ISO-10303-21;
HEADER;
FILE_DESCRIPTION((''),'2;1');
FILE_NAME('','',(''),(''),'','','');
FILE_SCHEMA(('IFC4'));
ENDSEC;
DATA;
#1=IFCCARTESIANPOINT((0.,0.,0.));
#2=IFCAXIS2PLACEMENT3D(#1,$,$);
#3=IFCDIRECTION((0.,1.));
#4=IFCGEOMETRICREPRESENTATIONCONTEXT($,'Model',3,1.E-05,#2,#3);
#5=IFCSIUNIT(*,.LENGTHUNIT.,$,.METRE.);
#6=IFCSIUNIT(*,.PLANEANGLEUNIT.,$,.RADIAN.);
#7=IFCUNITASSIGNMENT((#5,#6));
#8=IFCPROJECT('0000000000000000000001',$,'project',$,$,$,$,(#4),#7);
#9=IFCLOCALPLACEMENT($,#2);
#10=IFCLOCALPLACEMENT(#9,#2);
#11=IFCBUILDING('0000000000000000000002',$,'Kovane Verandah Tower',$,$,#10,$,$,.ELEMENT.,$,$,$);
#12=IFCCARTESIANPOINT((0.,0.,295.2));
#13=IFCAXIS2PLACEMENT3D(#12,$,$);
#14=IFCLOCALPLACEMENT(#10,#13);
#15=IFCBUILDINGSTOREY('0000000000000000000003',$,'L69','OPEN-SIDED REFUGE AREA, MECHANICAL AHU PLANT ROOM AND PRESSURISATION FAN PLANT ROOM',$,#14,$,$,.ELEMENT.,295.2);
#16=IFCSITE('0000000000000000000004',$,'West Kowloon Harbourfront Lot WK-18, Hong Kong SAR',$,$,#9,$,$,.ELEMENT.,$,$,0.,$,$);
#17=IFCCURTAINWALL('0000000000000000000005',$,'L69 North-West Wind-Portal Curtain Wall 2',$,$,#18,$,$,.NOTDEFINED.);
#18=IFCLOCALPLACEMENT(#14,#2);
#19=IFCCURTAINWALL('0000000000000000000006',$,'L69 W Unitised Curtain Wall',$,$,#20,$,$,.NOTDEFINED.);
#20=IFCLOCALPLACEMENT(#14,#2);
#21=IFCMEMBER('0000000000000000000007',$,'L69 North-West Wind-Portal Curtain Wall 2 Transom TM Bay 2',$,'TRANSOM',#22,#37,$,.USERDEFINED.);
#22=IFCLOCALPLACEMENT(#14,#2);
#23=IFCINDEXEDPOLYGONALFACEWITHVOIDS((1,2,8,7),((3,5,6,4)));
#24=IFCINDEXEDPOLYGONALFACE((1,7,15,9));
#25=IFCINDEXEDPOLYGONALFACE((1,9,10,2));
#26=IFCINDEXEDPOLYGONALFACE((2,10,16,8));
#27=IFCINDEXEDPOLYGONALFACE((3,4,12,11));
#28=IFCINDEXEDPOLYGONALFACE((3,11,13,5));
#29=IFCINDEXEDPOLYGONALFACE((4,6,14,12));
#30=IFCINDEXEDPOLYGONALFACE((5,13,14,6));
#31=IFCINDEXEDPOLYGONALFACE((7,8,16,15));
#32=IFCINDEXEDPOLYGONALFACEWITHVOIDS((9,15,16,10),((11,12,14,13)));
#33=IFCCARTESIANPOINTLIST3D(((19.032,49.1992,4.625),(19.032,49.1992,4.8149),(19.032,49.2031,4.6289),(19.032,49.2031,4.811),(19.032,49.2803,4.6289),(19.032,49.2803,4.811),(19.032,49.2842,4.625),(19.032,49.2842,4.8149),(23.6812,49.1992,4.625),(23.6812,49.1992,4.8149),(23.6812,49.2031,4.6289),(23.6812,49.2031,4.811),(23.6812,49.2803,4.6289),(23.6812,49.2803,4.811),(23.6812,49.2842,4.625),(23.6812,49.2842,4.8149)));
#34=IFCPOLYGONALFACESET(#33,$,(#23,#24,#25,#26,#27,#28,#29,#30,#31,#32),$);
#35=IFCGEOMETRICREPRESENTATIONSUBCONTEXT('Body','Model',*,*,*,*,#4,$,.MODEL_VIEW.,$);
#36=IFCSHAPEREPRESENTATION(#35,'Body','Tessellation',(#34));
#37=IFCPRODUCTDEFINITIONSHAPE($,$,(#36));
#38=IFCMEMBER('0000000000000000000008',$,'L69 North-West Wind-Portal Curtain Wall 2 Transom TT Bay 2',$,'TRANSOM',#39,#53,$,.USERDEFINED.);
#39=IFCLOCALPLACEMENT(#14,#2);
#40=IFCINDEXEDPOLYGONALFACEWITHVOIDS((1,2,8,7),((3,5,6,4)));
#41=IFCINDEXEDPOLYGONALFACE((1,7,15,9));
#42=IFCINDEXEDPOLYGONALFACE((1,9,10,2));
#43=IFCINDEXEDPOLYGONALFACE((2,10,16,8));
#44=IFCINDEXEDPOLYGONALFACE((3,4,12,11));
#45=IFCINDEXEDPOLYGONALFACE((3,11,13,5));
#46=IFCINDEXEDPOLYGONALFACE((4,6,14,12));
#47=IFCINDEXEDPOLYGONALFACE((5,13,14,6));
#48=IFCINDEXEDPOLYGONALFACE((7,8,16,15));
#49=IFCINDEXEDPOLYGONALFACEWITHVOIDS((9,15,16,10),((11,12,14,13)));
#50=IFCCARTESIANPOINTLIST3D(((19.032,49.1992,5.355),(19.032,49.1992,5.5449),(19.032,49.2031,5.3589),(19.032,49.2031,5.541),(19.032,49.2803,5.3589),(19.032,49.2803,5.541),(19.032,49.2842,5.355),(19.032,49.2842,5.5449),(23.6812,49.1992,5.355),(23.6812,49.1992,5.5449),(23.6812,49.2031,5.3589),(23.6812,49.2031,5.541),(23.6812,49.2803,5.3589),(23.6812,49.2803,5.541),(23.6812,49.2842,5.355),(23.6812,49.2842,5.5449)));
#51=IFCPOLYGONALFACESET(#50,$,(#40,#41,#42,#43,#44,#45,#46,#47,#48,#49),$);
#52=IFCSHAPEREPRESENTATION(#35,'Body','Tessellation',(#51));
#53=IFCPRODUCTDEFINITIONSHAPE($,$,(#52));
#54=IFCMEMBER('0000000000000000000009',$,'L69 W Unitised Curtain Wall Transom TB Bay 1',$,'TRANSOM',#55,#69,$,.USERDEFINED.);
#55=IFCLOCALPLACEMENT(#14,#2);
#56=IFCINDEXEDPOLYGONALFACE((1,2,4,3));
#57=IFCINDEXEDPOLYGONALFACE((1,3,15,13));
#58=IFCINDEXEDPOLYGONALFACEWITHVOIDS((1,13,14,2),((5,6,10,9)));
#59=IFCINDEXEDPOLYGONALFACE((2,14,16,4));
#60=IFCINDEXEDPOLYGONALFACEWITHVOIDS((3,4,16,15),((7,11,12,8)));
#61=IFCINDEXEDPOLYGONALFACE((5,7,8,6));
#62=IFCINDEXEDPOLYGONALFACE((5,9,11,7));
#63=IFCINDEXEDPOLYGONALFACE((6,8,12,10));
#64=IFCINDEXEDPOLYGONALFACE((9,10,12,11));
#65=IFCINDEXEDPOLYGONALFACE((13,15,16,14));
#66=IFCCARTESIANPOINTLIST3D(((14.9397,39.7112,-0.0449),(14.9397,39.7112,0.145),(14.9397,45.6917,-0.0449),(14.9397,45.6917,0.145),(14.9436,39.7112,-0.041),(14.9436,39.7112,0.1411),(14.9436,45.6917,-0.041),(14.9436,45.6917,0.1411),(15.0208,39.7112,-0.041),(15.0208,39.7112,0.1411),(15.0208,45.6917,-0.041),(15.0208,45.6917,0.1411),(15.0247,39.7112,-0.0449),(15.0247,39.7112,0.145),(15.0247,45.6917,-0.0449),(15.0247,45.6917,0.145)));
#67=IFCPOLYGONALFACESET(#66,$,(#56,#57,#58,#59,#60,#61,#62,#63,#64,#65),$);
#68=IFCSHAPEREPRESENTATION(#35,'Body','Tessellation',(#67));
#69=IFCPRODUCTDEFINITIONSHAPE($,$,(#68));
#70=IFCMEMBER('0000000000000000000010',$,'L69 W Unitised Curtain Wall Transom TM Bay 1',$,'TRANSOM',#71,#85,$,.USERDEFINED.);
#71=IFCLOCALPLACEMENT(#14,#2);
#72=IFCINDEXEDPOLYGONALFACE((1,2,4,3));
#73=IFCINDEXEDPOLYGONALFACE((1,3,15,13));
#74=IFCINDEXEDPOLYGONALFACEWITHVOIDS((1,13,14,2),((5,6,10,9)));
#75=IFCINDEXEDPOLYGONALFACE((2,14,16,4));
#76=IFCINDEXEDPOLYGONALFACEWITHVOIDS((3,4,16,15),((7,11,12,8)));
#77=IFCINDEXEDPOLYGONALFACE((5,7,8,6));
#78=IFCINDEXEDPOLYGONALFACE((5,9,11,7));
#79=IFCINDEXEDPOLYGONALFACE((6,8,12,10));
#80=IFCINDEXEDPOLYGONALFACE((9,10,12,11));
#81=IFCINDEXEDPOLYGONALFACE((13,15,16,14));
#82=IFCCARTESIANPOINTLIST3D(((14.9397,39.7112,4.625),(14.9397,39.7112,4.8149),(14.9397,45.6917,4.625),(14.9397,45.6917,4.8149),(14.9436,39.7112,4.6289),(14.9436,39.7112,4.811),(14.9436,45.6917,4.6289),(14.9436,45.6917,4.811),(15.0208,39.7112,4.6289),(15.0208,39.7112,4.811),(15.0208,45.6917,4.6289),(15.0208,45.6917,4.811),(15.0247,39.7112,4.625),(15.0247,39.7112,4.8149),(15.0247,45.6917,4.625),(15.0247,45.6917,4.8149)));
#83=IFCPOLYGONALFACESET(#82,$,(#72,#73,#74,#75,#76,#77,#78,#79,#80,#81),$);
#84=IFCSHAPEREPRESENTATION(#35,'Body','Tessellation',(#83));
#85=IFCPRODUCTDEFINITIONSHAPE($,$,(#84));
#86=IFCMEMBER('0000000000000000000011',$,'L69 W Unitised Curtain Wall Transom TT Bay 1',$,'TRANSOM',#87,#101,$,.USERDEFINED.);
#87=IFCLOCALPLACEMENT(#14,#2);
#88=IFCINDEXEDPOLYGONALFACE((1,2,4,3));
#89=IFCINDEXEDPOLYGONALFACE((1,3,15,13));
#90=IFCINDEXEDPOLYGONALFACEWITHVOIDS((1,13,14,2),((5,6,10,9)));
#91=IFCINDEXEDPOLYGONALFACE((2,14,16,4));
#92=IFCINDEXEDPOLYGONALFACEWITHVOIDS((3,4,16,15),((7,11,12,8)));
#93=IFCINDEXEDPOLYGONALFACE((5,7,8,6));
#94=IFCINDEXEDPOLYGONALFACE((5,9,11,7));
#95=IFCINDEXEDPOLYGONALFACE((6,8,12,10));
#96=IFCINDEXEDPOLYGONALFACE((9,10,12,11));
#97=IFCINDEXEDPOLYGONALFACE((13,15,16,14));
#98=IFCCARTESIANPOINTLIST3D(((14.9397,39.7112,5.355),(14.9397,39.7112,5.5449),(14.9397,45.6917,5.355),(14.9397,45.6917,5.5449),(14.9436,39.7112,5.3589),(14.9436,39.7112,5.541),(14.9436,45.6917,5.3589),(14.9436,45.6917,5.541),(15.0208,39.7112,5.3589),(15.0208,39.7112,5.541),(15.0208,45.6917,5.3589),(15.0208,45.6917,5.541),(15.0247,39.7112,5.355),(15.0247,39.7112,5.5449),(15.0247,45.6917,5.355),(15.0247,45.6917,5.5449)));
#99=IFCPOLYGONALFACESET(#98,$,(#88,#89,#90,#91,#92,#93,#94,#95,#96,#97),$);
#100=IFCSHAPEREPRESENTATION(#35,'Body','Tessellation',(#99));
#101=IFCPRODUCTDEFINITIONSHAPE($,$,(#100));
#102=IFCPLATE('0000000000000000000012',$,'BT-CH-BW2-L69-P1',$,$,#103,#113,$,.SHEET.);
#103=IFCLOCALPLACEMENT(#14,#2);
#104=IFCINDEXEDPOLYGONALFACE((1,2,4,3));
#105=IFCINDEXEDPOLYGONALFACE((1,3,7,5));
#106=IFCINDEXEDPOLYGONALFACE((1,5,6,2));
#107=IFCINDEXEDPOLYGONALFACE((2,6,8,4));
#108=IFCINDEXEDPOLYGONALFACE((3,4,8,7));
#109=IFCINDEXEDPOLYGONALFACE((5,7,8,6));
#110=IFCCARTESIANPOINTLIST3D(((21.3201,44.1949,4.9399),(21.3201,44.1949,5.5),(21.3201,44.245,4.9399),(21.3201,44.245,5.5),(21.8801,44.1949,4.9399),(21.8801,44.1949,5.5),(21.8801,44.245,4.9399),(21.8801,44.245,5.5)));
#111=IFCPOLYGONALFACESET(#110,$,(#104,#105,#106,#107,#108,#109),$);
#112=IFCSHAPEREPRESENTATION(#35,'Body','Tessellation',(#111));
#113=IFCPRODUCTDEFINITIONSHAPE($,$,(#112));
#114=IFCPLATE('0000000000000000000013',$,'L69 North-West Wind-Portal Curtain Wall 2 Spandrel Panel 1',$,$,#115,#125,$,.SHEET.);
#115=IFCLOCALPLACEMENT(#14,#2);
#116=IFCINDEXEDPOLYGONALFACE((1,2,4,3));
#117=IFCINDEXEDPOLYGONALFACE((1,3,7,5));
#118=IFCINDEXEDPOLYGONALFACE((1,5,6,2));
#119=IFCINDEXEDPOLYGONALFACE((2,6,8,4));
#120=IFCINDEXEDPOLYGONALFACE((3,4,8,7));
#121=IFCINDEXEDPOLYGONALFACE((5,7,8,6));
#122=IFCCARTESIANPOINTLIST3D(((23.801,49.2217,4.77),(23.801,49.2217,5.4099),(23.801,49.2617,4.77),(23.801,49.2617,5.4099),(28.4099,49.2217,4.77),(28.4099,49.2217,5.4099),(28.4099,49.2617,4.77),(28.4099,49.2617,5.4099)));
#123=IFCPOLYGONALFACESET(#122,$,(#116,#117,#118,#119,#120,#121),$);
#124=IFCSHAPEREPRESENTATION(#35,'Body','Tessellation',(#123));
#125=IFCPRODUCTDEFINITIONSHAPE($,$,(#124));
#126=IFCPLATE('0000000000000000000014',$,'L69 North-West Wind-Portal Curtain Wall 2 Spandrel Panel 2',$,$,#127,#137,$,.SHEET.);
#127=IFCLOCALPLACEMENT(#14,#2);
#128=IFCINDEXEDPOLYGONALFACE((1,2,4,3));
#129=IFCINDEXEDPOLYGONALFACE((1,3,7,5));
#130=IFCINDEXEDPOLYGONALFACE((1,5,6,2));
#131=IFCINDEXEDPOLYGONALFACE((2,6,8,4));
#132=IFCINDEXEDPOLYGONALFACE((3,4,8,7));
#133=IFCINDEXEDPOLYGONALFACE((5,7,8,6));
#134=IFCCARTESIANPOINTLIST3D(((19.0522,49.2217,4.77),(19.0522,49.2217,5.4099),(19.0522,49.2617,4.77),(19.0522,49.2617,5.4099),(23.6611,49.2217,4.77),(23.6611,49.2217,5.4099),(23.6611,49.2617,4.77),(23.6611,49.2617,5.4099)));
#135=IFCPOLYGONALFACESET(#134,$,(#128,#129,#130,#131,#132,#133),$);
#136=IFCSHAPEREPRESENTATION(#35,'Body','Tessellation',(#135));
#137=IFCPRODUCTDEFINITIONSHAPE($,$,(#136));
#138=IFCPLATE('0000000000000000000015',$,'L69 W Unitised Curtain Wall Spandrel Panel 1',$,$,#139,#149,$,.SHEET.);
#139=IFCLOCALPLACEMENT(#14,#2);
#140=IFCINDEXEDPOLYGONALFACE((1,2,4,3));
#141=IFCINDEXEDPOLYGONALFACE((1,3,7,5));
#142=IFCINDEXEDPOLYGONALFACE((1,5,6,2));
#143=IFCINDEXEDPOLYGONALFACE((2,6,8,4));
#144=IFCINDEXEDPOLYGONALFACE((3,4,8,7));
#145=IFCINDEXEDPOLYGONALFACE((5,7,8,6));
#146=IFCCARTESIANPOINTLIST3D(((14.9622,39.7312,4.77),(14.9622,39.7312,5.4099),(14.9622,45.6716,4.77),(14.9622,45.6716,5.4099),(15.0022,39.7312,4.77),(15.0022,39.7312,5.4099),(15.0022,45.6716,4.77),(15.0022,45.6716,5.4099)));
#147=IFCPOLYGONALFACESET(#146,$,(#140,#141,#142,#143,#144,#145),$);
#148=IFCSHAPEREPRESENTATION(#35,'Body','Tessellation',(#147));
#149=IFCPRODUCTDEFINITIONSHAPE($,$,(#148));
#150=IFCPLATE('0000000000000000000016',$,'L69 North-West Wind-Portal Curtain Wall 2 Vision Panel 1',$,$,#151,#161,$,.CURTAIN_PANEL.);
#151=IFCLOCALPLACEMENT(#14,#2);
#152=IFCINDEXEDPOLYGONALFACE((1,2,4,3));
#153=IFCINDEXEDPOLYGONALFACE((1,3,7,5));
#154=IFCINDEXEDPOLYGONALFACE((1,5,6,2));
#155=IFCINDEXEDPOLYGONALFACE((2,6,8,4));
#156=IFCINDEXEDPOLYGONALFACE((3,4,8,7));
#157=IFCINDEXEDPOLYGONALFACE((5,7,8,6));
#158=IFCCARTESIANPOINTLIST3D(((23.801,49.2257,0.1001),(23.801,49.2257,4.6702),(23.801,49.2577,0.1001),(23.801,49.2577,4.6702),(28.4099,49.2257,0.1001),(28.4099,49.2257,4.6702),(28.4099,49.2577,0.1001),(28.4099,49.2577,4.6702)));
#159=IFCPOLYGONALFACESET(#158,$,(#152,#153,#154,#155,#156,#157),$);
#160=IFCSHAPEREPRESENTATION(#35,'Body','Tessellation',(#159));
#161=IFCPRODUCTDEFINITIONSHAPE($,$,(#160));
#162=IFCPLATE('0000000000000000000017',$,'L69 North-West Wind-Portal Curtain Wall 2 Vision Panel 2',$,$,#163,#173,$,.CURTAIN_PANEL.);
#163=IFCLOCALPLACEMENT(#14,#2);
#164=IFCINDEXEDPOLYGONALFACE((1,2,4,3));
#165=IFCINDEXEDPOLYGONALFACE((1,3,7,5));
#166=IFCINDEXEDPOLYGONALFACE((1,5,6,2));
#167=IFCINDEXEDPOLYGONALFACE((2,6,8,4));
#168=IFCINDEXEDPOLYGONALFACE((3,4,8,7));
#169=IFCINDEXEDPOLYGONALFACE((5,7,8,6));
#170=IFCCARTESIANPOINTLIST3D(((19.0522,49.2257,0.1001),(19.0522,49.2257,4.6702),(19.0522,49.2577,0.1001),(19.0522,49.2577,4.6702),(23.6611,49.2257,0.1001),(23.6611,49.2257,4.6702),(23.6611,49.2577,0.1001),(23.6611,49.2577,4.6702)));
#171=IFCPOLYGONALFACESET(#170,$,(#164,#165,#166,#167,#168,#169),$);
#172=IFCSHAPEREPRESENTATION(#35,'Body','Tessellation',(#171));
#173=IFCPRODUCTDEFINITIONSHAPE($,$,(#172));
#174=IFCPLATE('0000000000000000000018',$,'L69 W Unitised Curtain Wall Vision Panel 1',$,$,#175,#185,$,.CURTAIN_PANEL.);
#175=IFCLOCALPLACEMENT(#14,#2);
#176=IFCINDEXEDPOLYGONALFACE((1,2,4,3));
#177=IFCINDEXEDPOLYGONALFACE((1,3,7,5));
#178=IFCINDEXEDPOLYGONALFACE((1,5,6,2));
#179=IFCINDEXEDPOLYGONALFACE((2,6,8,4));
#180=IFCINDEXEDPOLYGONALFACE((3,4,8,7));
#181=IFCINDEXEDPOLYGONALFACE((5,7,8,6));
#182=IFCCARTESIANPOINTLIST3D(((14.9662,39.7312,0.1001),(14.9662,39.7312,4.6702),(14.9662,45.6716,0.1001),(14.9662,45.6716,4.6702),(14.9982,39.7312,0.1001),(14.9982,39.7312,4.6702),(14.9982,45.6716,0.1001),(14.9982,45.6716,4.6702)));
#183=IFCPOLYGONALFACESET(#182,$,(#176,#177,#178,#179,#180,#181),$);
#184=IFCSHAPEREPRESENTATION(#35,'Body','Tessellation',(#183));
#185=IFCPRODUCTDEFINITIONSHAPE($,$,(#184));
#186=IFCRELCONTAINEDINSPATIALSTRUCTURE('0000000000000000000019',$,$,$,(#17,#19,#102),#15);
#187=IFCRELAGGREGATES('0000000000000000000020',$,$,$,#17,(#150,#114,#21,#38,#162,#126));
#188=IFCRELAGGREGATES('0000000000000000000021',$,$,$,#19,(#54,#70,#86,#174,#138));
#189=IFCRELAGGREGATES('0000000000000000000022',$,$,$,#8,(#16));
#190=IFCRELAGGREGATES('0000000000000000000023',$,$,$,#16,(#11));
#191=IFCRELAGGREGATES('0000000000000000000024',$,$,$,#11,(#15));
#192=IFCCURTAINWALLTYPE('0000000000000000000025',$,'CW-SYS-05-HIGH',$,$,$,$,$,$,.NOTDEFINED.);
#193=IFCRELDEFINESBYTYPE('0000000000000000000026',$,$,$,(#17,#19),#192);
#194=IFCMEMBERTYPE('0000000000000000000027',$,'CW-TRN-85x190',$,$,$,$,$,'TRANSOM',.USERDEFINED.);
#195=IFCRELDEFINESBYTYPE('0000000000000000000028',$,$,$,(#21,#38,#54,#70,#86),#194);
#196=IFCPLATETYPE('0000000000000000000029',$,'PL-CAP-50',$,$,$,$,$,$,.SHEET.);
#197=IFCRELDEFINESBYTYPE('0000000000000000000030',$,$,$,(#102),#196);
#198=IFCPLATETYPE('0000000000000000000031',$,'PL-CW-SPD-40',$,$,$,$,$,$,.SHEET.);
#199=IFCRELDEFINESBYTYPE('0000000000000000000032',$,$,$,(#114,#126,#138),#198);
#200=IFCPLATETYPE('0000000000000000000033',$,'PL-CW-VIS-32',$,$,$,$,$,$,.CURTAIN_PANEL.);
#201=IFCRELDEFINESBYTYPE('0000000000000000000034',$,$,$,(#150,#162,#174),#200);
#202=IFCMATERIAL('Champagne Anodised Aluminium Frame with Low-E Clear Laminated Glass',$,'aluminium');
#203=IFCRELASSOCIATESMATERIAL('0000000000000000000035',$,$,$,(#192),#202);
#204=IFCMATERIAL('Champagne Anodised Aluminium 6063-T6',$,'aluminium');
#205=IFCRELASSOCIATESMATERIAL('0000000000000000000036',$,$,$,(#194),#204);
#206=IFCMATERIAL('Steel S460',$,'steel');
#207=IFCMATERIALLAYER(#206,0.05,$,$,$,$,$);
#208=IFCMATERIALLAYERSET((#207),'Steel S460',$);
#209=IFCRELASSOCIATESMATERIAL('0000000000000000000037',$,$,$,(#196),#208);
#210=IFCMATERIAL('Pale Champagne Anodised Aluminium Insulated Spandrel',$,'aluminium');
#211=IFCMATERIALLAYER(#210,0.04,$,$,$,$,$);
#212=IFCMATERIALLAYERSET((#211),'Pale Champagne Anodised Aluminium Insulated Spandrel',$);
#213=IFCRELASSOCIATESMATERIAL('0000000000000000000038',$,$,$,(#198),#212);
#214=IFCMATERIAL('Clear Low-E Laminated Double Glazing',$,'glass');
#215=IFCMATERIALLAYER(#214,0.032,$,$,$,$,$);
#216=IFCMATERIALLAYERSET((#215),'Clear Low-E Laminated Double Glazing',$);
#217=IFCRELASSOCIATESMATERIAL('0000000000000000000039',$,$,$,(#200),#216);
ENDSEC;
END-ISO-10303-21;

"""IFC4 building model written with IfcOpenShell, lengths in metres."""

from ifc_helpers import new_model, si_unit, direction, frame, origin, origin_2d, place, context, subcontext, project, spatial, rectangle, hollow_rectangle, extrude, material, layer, layer_set, material_profile, profile_set, type_object, element, aggregate, save


model = new_model("IFC4")

# Units and contexts
model_context = context("Model", 3, precision=1e-05, world=origin(), true_north=direction((0.0, 1.0)))
body_context = subcontext(model_context, "Body", "Model", "MODEL_VIEW")
ifc_project = project(units=[si_unit("LENGTHUNIT", "METRE"), si_unit("PLANEANGLEUNIT", "RADIAN")], contexts=[model_context])

# Site, building, storey
site_placement = place(None, origin())
site = spatial("IfcSite", under=ifc_project, at=site_placement, Name="West Kowloon Harbourfront Lot WK-18, Hong Kong SAR", CompositionType="ELEMENT", RefElevation=0.0)
building_placement = place(site_placement, origin())
building = spatial("IfcBuilding", under=site, at=building_placement, Name="Kovane Verandah Tower", CompositionType="ELEMENT")
storey_placement = place(building_placement, frame((0.0, 0.0, 295.2)))
storey = spatial("IfcBuildingStorey", under=building, at=storey_placement, Name="L69", Description="OPEN-SIDED REFUGE AREA, MECHANICAL AHU PLANT ROOM AND PRESSURISATION FAN PLANT ROOM", CompositionType="ELEMENT", Elevation=295.2)

# Shared definitions
ifc_material_1 = material(Name="Steel S460", Category="steel")

# Curtain walls
ifc_material_2 = material(Name="Champagne Anodised Aluminium Frame with Low-E Clear Laminated Glass", Category="aluminium")
curtain_wall_type = type_object("IfcCurtainWallType", Name="CW-SYS-05-HIGH", PredefinedType="NOTDEFINED", material=ifc_material_2)
curtain_wall_1_placement = place(storey_placement, origin())
curtain_wall_1 = element("IfcCurtainWall", 1, at=curtain_wall_1_placement, inside=storey, type_object=curtain_wall_type, Name="L69 North-West Wind-Portal Curtain Wall 2", PredefinedType="NOTDEFINED")
ifc_material_3 = material(Name="Champagne Anodised Aluminium 6063-T6", Category="aluminium")
curtain_wall_2_placement = place(storey_placement, origin())
curtain_wall_2 = element("IfcCurtainWall", 2, at=curtain_wall_2_placement, inside=storey, type_object=curtain_wall_type, Name="L69 W Unitised Curtain Wall", PredefinedType="NOTDEFINED")

# Members
ifc_material_profile_1 = material_profile(ifc_material_3, hollow_rectangle(XDim=0.085, YDim=0.1899, WallThickness=0.0039, at=origin_2d()), Name="AL85x190x4")
ifc_profile_set_1 = profile_set([ifc_material_profile_1], Name="Champagne Anodised Aluminium 6063-T6")
member_type_1 = type_object("IfcMemberType", Name="CW-TRN-85x190", ElementType="TRANSOM", PredefinedType="USERDEFINED", material=ifc_profile_set_1)
member_1_placement = place(storey_placement, frame((23.6812, 49.2417, 4.72), z_axis=(-1.0, 0.0, 0.0), x_axis=(0.0, -1.0, 0.0)))
member_1 = element("IfcMember", 3, at=member_1_placement, type_object=member_type_1, Name="L69 North-West Wind-Portal Curtain Wall 2 Transom TM Bay 2", ObjectType="TRANSOM", PredefinedType="USERDEFINED", context=body_context, shape_type="SweptSolid", body=[
    extrude(hollow_rectangle(XDim=0.085, YDim=0.1899, WallThickness=0.0039, at=origin_2d()), origin(), (0.0, 0.0, 1.0), 4.6492),
])
member_2_placement = place(storey_placement, frame((23.6812, 49.2417, 5.45), z_axis=(-1.0, 0.0, 0.0), x_axis=(0.0, -1.0, 0.0)))
member_2 = element("IfcMember", 4, at=member_2_placement, type_object=member_type_1, Name="L69 North-West Wind-Portal Curtain Wall 2 Transom TT Bay 2", ObjectType="TRANSOM", PredefinedType="USERDEFINED", context=body_context, shape_type="SweptSolid", body=[
    extrude(hollow_rectangle(XDim=0.085, YDim=0.1899, WallThickness=0.0039, at=origin_2d()), origin(), (0.0, 0.0, 1.0), 4.6492),
])
member_3_placement = place(storey_placement, frame((14.9822, 45.6917, 0.05), z_axis=(0.0, -1.0, 0.0), x_axis=(1.0, 0.0, 0.0)))
member_3 = element("IfcMember", 5, at=member_3_placement, type_object=member_type_1, Name="L69 W Unitised Curtain Wall Transom TB Bay 1", ObjectType="TRANSOM", PredefinedType="USERDEFINED", context=body_context, shape_type="SweptSolid", body=[
    extrude(hollow_rectangle(XDim=0.085, YDim=0.1899, WallThickness=0.0039, at=origin_2d()), origin(), (0.0, 0.0, 1.0), 5.9805),
])
member_4_placement = place(storey_placement, frame((14.9822, 45.6917, 4.72), z_axis=(0.0, -1.0, 0.0), x_axis=(1.0, 0.0, 0.0)))
member_4 = element("IfcMember", 6, at=member_4_placement, type_object=member_type_1, Name="L69 W Unitised Curtain Wall Transom TM Bay 1", ObjectType="TRANSOM", PredefinedType="USERDEFINED", context=body_context, shape_type="SweptSolid", body=[
    extrude(hollow_rectangle(XDim=0.085, YDim=0.1899, WallThickness=0.0039, at=origin_2d()), origin(), (0.0, 0.0, 1.0), 5.9805),
])
member_5_placement = place(storey_placement, frame((14.9822, 45.6917, 5.45), z_axis=(0.0, -1.0, 0.0), x_axis=(1.0, 0.0, 0.0)))
member_5 = element("IfcMember", 7, at=member_5_placement, type_object=member_type_1, Name="L69 W Unitised Curtain Wall Transom TT Bay 1", ObjectType="TRANSOM", PredefinedType="USERDEFINED", context=body_context, shape_type="SweptSolid", body=[
    extrude(hollow_rectangle(XDim=0.085, YDim=0.1899, WallThickness=0.0039, at=origin_2d()), origin(), (0.0, 0.0, 1.0), 5.9805),
])

# Plates
ifc_layer_1 = layer(ifc_material_1, 0.05)
ifc_layer_set_1 = layer_set([ifc_layer_1], Name="Steel S460")
plate_type_1 = type_object("IfcPlateType", Name="PL-CAP-50", PredefinedType="SHEET", material=ifc_layer_set_1)
plate_1_placement = place(storey_placement, frame((21.6001, 44.22, 4.9399), z_axis=(0.0, 0.0, 1.0), x_axis=(0.0, 1.0, 0.0)))
element("IfcPlate", 8, at=plate_1_placement, inside=storey, type_object=plate_type_1, Name="BT-CH-BW2-L69-P1", PredefinedType="SHEET", context=body_context, shape_type="SweptSolid", body=[
    extrude(rectangle(XDim=0.05, YDim=0.5601, at=origin_2d()), origin(), (0.0, 0.0, 1.0), 0.5601),
])
ifc_material_4 = material(Name="Pale Champagne Anodised Aluminium Insulated Spandrel", Category="aluminium")
ifc_layer_2 = layer(ifc_material_4, 0.04)
ifc_layer_set_2 = layer_set([ifc_layer_2], Name="Pale Champagne Anodised Aluminium Insulated Spandrel")
plate_type_2 = type_object("IfcPlateType", Name="PL-CW-SPD-40", PredefinedType="SHEET", material=ifc_layer_set_2)
plate_2_placement = place(storey_placement, frame((26.1055, 49.2417, 4.77), z_axis=(0.0, 0.0, 1.0), x_axis=(-1.0, 0.0, 0.0)))
plate_2 = element("IfcPlate", 9, at=plate_2_placement, type_object=plate_type_2, Name="L69 North-West Wind-Portal Curtain Wall 2 Spandrel Panel 1", PredefinedType="SHEET", context=body_context, shape_type="SweptSolid", body=[
    extrude(rectangle(XDim=4.6089, YDim=0.04, at=origin_2d()), origin(), (0.0, 0.0, 1.0), 0.6399),
])
plate_3_placement = place(storey_placement, frame((21.3567, 49.2417, 4.77), z_axis=(0.0, 0.0, 1.0), x_axis=(-1.0, 0.0, 0.0)))
plate_3 = element("IfcPlate", 10, at=plate_3_placement, type_object=plate_type_2, Name="L69 North-West Wind-Portal Curtain Wall 2 Spandrel Panel 2", PredefinedType="SHEET", context=body_context, shape_type="SweptSolid", body=[
    extrude(rectangle(XDim=4.6089, YDim=0.04, at=origin_2d()), origin(), (0.0, 0.0, 1.0), 0.6399),
])
plate_4_placement = place(storey_placement, frame((14.9822, 42.7014, 4.77), z_axis=(0.0, 0.0, 1.0), x_axis=(0.0, -1.0, 0.0)))
plate_4 = element("IfcPlate", 11, at=plate_4_placement, type_object=plate_type_2, Name="L69 W Unitised Curtain Wall Spandrel Panel 1", PredefinedType="SHEET", context=body_context, shape_type="SweptSolid", body=[
    extrude(rectangle(XDim=5.9404, YDim=0.04, at=origin_2d()), origin(), (0.0, 0.0, 1.0), 0.6399),
])
ifc_material_5 = material(Name="Clear Low-E Laminated Double Glazing", Category="glass")
ifc_layer_3 = layer(ifc_material_5, 0.032)
ifc_layer_set_3 = layer_set([ifc_layer_3], Name="Clear Low-E Laminated Double Glazing")
plate_type_3 = type_object("IfcPlateType", Name="PL-CW-VIS-32", PredefinedType="CURTAIN_PANEL", material=ifc_layer_set_3)
plate_5_placement = place(storey_placement, frame((26.1055, 49.2417, 0.1001), z_axis=(0.0, 0.0, 1.0), x_axis=(-1.0, 0.0, 0.0)))
plate_5 = element("IfcPlate", 12, at=plate_5_placement, type_object=plate_type_3, Name="L69 North-West Wind-Portal Curtain Wall 2 Vision Panel 1", PredefinedType="CURTAIN_PANEL", context=body_context, shape_type="SweptSolid", body=[
    extrude(rectangle(XDim=4.6089, YDim=0.032, at=origin_2d()), origin(), (0.0, 0.0, 1.0), 4.5701),
])
plate_6_placement = place(storey_placement, frame((21.3567, 49.2417, 0.1001), z_axis=(0.0, 0.0, 1.0), x_axis=(-1.0, 0.0, 0.0)))
plate_6 = element("IfcPlate", 13, at=plate_6_placement, type_object=plate_type_3, Name="L69 North-West Wind-Portal Curtain Wall 2 Vision Panel 2", PredefinedType="CURTAIN_PANEL", context=body_context, shape_type="SweptSolid", body=[
    extrude(rectangle(XDim=4.6089, YDim=0.032, at=origin_2d()), origin(), (0.0, 0.0, 1.0), 4.5701),
])
aggregate(curtain_wall_1, [plate_5, plate_2, member_1, member_2, plate_6, plate_3])
plate_7_placement = place(storey_placement, frame((14.9822, 42.7014, 0.1001), z_axis=(0.0, 0.0, 1.0), x_axis=(0.0, -1.0, 0.0)))
plate_7 = element("IfcPlate", 14, at=plate_7_placement, type_object=plate_type_3, Name="L69 W Unitised Curtain Wall Vision Panel 1", PredefinedType="CURTAIN_PANEL", context=body_context, shape_type="SweptSolid", body=[
    extrude(rectangle(XDim=5.9404, YDim=0.032, at=origin_2d()), origin(), (0.0, 0.0, 1.0), 4.5701),
])
aggregate(curtain_wall_2, [member_3, member_4, member_5, plate_7, plate_4])

save(model, "model.ifc")
